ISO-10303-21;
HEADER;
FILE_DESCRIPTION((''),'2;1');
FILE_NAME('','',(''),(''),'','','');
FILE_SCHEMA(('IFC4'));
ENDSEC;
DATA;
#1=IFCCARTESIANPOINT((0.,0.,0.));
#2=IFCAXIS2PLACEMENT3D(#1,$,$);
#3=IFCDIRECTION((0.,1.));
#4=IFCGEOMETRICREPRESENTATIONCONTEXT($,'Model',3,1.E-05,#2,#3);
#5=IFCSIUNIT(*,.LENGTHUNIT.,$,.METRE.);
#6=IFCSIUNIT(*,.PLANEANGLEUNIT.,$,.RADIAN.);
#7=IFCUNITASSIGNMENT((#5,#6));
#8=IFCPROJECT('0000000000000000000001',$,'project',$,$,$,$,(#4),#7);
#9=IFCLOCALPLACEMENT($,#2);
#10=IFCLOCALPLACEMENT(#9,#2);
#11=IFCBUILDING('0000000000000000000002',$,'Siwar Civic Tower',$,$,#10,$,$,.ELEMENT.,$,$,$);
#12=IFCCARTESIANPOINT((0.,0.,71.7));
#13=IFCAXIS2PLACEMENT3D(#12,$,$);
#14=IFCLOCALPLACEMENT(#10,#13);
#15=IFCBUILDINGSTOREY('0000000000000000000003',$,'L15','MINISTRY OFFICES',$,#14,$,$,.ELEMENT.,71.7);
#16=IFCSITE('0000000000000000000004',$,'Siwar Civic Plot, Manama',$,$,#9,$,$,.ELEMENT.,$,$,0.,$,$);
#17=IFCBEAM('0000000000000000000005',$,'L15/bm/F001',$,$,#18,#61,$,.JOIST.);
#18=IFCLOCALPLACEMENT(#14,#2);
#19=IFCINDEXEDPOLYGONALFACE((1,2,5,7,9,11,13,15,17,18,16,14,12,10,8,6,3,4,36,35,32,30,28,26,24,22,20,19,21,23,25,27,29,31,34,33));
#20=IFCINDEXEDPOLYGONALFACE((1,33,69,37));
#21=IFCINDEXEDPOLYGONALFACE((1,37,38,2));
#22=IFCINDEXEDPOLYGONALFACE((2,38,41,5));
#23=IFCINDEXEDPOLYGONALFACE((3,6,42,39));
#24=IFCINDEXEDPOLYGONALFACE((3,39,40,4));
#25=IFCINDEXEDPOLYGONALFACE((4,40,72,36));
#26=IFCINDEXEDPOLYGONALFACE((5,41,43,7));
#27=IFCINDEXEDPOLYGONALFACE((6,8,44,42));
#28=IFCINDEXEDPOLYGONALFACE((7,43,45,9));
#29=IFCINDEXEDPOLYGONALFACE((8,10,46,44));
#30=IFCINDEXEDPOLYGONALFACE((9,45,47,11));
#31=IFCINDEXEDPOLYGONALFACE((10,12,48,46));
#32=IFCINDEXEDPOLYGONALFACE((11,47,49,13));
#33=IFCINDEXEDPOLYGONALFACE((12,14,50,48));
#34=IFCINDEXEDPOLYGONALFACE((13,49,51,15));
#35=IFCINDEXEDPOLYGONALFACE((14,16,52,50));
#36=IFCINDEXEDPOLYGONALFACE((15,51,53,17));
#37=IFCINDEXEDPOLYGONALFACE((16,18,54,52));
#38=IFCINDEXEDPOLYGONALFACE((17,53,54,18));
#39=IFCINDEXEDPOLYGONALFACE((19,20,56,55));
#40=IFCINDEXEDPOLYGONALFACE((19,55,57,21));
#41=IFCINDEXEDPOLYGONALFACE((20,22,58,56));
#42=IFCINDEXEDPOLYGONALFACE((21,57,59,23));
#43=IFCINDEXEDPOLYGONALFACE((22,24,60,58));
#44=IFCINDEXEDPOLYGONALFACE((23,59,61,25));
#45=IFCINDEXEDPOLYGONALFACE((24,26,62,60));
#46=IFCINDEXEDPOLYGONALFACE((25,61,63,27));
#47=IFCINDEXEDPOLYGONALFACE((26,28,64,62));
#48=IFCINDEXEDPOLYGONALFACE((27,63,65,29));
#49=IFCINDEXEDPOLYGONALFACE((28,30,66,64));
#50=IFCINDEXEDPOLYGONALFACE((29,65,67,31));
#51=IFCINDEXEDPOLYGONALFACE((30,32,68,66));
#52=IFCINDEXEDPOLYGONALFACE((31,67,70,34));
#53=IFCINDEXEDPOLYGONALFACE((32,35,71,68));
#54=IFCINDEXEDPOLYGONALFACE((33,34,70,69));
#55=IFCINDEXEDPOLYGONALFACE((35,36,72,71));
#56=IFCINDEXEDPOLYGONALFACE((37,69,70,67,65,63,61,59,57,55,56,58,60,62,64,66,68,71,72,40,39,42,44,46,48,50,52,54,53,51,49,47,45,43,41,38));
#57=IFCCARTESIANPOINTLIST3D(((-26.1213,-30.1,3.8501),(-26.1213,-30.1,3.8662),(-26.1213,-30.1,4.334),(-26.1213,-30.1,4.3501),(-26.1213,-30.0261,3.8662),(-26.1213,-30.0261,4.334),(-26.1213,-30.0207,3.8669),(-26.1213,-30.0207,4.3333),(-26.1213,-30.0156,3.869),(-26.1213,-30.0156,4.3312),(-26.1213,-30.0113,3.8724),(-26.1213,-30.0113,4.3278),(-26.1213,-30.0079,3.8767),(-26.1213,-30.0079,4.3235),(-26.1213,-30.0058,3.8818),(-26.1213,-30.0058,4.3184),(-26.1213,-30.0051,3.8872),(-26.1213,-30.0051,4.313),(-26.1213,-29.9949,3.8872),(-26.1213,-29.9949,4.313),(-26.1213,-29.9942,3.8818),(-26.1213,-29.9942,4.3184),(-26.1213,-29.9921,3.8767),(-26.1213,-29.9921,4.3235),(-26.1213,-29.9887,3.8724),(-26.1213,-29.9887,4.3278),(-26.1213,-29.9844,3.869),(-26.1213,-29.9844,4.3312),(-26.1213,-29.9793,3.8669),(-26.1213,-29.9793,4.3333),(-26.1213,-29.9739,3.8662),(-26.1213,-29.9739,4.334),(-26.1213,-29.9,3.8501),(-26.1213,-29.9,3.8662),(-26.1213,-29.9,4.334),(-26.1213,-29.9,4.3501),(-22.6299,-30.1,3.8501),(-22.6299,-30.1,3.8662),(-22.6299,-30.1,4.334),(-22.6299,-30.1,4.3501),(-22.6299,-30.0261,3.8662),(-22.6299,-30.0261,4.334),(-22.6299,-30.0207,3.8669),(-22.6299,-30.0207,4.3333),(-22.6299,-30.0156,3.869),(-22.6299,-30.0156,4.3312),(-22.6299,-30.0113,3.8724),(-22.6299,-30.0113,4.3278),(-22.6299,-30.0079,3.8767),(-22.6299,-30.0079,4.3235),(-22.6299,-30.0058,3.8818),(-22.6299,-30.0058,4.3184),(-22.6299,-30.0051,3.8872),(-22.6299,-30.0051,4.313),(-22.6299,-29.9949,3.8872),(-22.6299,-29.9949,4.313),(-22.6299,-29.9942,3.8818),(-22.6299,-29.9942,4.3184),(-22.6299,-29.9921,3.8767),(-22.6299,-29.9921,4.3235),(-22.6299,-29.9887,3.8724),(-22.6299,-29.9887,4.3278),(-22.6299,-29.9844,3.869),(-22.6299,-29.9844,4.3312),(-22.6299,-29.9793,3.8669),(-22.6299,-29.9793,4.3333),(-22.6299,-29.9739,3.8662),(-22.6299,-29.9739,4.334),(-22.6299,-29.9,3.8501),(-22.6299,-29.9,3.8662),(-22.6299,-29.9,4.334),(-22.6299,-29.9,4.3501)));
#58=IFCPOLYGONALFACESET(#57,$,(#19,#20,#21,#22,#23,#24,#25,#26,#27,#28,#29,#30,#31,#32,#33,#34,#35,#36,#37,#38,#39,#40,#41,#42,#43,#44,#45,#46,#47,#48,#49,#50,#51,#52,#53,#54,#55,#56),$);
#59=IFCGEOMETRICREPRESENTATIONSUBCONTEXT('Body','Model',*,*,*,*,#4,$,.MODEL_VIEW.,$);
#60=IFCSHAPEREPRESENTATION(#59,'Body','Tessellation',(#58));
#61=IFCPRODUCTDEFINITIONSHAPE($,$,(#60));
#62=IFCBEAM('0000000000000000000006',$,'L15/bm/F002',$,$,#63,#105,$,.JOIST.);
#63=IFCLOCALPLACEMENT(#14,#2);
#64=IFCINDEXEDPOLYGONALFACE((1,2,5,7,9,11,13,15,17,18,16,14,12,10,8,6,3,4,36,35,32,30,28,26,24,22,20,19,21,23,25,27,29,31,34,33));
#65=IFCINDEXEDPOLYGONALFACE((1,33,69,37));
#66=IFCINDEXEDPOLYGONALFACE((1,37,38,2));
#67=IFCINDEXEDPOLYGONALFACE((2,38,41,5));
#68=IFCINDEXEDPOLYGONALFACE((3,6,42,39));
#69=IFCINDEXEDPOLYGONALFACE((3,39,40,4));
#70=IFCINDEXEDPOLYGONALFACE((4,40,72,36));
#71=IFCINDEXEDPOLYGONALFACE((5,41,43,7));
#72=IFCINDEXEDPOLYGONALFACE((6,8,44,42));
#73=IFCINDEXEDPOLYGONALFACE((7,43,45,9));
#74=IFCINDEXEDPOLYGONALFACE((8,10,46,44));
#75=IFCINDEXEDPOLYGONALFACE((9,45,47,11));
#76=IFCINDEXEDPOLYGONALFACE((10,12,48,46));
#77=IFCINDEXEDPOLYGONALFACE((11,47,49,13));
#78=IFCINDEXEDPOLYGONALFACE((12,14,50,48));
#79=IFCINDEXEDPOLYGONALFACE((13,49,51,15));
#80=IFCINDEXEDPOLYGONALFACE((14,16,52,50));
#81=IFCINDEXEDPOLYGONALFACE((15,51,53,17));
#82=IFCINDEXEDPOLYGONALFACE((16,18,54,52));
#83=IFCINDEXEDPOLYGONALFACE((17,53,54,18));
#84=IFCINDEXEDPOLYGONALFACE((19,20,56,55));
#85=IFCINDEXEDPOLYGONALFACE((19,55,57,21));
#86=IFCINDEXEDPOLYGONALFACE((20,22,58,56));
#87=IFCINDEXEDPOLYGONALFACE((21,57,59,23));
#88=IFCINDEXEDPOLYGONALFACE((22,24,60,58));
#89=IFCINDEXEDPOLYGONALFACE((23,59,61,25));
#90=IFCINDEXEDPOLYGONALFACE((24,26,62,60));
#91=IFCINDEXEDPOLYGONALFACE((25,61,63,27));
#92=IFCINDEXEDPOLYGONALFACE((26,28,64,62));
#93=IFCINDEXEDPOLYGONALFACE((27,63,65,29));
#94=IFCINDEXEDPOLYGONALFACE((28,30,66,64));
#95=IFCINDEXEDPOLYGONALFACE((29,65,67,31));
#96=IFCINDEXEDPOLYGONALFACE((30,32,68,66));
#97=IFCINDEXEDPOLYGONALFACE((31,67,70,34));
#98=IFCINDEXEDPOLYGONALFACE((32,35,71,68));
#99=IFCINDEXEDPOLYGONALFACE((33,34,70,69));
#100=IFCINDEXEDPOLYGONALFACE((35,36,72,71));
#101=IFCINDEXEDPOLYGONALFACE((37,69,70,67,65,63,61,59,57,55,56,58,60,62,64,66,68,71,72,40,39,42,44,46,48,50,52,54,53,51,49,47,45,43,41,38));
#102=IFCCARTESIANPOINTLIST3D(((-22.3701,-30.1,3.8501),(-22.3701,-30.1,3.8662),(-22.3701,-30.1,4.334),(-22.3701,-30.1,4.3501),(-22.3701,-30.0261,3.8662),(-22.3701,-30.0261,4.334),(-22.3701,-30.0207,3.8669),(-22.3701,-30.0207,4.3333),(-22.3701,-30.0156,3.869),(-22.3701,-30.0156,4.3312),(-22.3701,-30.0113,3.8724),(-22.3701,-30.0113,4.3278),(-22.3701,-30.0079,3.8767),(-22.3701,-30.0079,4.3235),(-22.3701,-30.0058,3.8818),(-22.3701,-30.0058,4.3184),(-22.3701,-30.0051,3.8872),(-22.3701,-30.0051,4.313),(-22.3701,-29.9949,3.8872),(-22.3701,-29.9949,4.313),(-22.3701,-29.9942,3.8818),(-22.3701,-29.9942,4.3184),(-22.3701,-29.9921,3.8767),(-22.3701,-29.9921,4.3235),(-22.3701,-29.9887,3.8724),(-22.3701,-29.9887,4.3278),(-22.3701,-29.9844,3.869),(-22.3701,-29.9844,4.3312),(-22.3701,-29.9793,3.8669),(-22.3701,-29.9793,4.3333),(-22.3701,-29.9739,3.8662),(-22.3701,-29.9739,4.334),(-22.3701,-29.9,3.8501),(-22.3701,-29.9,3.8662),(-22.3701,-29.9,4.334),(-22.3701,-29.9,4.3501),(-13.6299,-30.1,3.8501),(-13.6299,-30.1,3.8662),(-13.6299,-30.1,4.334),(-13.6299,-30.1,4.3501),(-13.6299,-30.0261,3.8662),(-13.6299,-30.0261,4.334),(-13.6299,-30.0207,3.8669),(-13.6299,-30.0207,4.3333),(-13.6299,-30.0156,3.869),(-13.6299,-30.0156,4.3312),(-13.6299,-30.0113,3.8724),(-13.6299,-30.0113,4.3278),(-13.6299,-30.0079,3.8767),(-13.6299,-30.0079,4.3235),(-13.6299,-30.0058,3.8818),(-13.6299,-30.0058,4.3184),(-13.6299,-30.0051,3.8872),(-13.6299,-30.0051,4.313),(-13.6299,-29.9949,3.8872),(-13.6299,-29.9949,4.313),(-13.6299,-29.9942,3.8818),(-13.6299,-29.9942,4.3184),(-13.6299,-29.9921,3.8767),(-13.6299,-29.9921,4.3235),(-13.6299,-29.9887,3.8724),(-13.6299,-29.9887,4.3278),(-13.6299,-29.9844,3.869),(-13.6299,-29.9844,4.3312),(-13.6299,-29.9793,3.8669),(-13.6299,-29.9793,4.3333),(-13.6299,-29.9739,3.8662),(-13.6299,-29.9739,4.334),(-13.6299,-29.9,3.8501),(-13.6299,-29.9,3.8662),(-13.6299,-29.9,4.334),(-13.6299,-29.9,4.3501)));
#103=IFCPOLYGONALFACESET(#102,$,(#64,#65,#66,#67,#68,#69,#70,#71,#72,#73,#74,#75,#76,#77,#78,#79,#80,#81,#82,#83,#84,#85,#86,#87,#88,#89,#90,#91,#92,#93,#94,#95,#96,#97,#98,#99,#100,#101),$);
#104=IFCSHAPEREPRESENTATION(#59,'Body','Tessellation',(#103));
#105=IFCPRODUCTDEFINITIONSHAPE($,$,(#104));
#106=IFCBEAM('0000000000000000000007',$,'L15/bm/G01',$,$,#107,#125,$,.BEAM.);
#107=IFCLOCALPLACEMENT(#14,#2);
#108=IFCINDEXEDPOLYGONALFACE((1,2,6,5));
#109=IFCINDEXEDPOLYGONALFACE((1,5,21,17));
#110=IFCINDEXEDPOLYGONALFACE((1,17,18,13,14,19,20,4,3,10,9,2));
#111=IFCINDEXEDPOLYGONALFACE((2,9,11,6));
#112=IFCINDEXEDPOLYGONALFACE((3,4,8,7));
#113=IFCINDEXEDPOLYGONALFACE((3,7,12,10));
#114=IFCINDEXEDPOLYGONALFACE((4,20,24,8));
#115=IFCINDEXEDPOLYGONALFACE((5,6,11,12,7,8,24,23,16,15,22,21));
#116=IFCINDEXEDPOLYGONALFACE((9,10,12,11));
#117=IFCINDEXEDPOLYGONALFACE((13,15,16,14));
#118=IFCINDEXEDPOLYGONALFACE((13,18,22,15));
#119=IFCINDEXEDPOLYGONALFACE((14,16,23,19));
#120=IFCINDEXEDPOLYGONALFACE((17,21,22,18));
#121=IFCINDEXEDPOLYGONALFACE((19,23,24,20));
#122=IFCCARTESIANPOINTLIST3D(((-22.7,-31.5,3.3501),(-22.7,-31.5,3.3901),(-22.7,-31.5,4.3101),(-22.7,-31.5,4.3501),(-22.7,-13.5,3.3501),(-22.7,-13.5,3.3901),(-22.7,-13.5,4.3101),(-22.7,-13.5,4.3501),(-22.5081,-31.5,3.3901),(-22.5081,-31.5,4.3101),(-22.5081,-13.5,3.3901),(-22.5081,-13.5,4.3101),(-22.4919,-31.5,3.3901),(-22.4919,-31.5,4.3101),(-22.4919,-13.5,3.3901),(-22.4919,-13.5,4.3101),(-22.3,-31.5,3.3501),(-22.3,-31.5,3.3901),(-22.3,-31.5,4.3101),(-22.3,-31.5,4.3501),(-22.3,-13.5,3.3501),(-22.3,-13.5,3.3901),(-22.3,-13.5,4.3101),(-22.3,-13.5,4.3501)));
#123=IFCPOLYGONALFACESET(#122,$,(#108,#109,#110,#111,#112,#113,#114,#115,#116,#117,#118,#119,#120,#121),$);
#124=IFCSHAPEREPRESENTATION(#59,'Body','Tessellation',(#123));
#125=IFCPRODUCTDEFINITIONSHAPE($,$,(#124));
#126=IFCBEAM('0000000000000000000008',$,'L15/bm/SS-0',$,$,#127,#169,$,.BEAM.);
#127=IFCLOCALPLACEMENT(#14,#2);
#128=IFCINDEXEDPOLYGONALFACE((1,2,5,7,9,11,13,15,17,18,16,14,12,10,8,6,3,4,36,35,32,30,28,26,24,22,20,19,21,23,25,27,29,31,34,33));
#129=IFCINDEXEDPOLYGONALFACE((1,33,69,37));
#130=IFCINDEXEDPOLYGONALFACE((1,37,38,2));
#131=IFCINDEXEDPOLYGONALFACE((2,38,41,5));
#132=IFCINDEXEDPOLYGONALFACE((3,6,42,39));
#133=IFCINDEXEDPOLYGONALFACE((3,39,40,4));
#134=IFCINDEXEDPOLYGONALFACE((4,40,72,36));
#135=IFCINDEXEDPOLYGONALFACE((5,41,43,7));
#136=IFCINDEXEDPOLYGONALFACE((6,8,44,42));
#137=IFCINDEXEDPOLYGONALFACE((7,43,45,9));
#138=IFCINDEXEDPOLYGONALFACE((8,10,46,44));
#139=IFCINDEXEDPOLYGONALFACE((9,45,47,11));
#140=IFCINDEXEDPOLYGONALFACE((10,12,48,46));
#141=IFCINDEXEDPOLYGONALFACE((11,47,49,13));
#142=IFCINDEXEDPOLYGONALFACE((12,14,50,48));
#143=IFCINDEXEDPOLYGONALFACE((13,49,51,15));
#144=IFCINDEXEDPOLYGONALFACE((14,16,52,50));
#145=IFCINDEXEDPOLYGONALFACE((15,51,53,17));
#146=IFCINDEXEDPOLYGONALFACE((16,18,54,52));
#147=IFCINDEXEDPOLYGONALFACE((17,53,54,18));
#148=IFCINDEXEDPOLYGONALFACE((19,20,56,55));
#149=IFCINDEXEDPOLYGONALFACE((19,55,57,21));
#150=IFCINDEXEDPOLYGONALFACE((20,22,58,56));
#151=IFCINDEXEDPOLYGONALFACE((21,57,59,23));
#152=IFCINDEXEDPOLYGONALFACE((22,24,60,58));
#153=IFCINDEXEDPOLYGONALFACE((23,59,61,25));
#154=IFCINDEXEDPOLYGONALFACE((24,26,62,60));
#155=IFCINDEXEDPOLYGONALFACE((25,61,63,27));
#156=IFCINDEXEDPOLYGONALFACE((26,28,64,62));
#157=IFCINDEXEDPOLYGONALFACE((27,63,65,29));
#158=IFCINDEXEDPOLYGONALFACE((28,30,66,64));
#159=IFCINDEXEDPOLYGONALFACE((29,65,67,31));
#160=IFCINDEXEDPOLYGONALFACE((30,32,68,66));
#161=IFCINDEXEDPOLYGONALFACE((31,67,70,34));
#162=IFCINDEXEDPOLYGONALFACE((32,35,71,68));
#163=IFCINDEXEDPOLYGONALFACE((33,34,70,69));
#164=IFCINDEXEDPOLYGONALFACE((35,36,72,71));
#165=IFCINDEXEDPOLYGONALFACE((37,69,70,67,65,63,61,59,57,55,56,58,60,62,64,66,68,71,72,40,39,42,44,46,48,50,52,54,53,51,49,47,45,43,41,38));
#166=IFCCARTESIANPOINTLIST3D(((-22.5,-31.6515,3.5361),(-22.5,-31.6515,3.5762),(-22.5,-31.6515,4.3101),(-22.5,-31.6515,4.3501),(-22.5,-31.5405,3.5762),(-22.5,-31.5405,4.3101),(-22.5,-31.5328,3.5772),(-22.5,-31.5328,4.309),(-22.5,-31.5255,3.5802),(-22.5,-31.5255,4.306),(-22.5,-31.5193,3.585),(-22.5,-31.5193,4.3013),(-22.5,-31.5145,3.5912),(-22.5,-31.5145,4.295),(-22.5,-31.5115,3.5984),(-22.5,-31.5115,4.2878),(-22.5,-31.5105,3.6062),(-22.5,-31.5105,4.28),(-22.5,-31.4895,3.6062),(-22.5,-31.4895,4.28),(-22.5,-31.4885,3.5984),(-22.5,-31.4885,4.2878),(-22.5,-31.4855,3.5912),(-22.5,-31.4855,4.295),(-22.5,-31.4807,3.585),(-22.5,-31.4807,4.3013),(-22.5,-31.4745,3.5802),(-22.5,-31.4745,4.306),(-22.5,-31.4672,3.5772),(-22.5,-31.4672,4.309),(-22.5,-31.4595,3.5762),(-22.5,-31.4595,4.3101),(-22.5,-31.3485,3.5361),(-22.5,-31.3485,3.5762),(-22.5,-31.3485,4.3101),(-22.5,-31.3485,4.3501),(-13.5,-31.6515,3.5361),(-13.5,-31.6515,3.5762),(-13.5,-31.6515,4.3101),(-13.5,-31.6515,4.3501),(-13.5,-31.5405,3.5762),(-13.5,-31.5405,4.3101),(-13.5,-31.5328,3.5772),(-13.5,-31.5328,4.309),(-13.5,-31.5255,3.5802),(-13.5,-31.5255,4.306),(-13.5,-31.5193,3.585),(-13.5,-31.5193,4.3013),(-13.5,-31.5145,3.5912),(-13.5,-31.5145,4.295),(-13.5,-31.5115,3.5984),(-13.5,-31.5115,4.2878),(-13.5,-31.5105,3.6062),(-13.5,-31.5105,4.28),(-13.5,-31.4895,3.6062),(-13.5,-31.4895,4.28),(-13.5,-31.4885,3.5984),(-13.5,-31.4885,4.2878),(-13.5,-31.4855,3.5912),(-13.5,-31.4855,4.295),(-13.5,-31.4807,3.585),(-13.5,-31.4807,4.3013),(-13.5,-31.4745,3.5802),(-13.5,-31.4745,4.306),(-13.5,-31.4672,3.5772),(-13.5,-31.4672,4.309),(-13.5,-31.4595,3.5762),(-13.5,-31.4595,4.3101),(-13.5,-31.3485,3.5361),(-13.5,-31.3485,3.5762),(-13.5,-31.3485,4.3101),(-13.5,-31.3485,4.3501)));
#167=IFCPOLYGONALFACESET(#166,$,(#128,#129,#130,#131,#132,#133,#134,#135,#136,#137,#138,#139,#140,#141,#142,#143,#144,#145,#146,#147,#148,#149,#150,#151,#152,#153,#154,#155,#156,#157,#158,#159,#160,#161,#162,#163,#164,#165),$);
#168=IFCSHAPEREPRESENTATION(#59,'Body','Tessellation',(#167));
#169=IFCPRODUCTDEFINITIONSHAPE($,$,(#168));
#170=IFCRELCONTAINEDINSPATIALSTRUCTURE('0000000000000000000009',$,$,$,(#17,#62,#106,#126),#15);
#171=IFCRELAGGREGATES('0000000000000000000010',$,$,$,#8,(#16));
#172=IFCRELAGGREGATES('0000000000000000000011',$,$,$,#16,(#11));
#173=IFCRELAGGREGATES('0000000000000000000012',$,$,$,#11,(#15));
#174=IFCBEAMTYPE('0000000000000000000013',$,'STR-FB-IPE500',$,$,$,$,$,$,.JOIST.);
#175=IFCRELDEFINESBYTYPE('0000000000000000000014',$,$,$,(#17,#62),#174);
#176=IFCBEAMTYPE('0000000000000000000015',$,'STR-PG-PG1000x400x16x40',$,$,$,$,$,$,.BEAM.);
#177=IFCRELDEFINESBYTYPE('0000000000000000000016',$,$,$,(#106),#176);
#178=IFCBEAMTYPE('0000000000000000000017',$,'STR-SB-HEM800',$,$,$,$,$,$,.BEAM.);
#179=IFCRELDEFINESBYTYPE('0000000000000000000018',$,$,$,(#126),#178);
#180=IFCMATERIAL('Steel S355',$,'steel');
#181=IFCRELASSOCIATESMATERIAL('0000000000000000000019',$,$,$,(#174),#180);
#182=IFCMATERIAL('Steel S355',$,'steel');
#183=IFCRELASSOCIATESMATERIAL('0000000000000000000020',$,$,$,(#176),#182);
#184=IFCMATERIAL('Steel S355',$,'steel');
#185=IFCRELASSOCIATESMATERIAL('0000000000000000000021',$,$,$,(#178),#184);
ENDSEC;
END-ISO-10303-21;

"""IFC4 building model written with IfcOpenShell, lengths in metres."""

from ifc_helpers import new_model, si_unit, direction, frame, origin, origin_2d, place, context, subcontext, project, spatial, i_section, extrude, material, material_profile, profile_set, type_object, element, save


model = new_model("IFC4")

# Units and contexts
model_context = context("Model", 3, precision=1e-05, world=origin(), true_north=direction((0.0, 1.0)))
body_context = subcontext(model_context, "Body", "Model", "MODEL_VIEW")
ifc_project = project(units=[si_unit("LENGTHUNIT", "METRE"), si_unit("PLANEANGLEUNIT", "RADIAN")], contexts=[model_context])

# Site, building, storey
site_placement = place(None, origin())
site = spatial("IfcSite", under=ifc_project, at=site_placement, Name="Siwar Civic Plot, Manama", CompositionType="ELEMENT", RefElevation=0.0)
building_placement = place(site_placement, origin())
building = spatial("IfcBuilding", under=site, at=building_placement, Name="Siwar Civic Tower", CompositionType="ELEMENT")
storey_placement = place(building_placement, frame((0.0, 0.0, 71.7)))
storey = spatial("IfcBuildingStorey", under=building, at=storey_placement, Name="L15", Description="MINISTRY OFFICES", CompositionType="ELEMENT", Elevation=71.7)

# Beams
ifc_material_1 = material(Name="Steel S355", Category="steel")
ifc_material_profile_1 = material_profile(ifc_material_1, i_section(OverallWidth=0.2, OverallDepth=0.5, WebThickness=0.0103, FlangeThickness=0.0161, FilletRadius=0.021, at=origin_2d()), Name="IPE500")
ifc_profile_set_1 = profile_set([ifc_material_profile_1], Name="Steel S355")
beam_type_1 = type_object("IfcBeamType", Name="STR-FB-IPE500", PredefinedType="JOIST", material=ifc_profile_set_1)
beam_1_placement = place(storey_placement, frame((-26.1213, -30.0, 4.1001), z_axis=(1.0, 0.0, 0.0), x_axis=(0.0, 1.0, 0.0)))
element("IfcBeam", 1, at=beam_1_placement, inside=storey, type_object=beam_type_1, Name="L15/bm/F001", PredefinedType="JOIST", context=body_context, shape_type="SweptSolid", body=[
    extrude(i_section(OverallWidth=0.2, OverallDepth=0.5, WebThickness=0.0103, FlangeThickness=0.0161, FilletRadius=0.021, at=origin_2d()), origin(), (0.0, 0.0, 1.0), 3.4915),
])
beam_2_placement = place(storey_placement, frame((-22.3701, -30.0, 4.1001), z_axis=(1.0, 0.0, 0.0), x_axis=(0.0, 1.0, 0.0)))
element("IfcBeam", 2, at=beam_2_placement, inside=storey, type_object=beam_type_1, Name="L15/bm/F002", PredefinedType="JOIST", context=body_context, shape_type="SweptSolid", body=[
    extrude(i_section(OverallWidth=0.2, OverallDepth=0.5, WebThickness=0.0103, FlangeThickness=0.0161, FilletRadius=0.021, at=origin_2d()), origin(), (0.0, 0.0, 1.0), 8.7402),
])
ifc_material_2 = material(Name="Steel S355", Category="steel")
ifc_material_profile_2 = material_profile(ifc_material_2, i_section(OverallWidth=0.3999, OverallDepth=1.0, WebThickness=0.0161, FlangeThickness=0.04, at=origin_2d()), Name="PG1000x400x16x40")
ifc_profile_set_2 = profile_set([ifc_material_profile_2], Name="Steel S355")
beam_type_2 = type_object("IfcBeamType", Name="STR-PG-PG1000x400x16x40", PredefinedType="BEAM", material=ifc_profile_set_2)
beam_3_placement = place(storey_placement, frame((-22.5, -31.5, 3.8501), z_axis=(0.0, 1.0, 0.0), x_axis=(-1.0, 0.0, 0.0)))
element("IfcBeam", 3, at=beam_3_placement, inside=storey, type_object=beam_type_2, Name="L15/bm/G01", PredefinedType="BEAM", context=body_context, shape_type="SweptSolid", body=[
    extrude(i_section(OverallWidth=0.3999, OverallDepth=1.0, WebThickness=0.0161, FlangeThickness=0.04, at=origin_2d()), origin(), (0.0, 0.0, 1.0), 18.0),
])
ifc_material_3 = material(Name="Steel S355", Category="steel")
ifc_material_profile_3 = material_profile(ifc_material_3, i_section(OverallWidth=0.303, OverallDepth=0.814, WebThickness=0.021, FlangeThickness=0.04, FilletRadius=0.03, at=origin_2d()), Name="HEM800")
ifc_profile_set_3 = profile_set([ifc_material_profile_3], Name="Steel S355")
beam_type_3 = type_object("IfcBeamType", Name="STR-SB-HEM800", PredefinedType="BEAM", material=ifc_profile_set_3)
beam_4_placement = place(storey_placement, frame((-22.5, -31.5, 3.9431), z_axis=(1.0, 0.0, 0.0), x_axis=(0.0, 1.0, 0.0)))
element("IfcBeam", 4, at=beam_4_placement, inside=storey, type_object=beam_type_3, Name="L15/bm/SS-0", PredefinedType="BEAM", context=body_context, shape_type="SweptSolid", body=[
    extrude(i_section(OverallWidth=0.303, OverallDepth=0.814, WebThickness=0.021, FlangeThickness=0.04, FilletRadius=0.03, at=origin_2d()), origin(), (0.0, 0.0, 1.0), 9.0),
])

save(model, "model.ifc")
